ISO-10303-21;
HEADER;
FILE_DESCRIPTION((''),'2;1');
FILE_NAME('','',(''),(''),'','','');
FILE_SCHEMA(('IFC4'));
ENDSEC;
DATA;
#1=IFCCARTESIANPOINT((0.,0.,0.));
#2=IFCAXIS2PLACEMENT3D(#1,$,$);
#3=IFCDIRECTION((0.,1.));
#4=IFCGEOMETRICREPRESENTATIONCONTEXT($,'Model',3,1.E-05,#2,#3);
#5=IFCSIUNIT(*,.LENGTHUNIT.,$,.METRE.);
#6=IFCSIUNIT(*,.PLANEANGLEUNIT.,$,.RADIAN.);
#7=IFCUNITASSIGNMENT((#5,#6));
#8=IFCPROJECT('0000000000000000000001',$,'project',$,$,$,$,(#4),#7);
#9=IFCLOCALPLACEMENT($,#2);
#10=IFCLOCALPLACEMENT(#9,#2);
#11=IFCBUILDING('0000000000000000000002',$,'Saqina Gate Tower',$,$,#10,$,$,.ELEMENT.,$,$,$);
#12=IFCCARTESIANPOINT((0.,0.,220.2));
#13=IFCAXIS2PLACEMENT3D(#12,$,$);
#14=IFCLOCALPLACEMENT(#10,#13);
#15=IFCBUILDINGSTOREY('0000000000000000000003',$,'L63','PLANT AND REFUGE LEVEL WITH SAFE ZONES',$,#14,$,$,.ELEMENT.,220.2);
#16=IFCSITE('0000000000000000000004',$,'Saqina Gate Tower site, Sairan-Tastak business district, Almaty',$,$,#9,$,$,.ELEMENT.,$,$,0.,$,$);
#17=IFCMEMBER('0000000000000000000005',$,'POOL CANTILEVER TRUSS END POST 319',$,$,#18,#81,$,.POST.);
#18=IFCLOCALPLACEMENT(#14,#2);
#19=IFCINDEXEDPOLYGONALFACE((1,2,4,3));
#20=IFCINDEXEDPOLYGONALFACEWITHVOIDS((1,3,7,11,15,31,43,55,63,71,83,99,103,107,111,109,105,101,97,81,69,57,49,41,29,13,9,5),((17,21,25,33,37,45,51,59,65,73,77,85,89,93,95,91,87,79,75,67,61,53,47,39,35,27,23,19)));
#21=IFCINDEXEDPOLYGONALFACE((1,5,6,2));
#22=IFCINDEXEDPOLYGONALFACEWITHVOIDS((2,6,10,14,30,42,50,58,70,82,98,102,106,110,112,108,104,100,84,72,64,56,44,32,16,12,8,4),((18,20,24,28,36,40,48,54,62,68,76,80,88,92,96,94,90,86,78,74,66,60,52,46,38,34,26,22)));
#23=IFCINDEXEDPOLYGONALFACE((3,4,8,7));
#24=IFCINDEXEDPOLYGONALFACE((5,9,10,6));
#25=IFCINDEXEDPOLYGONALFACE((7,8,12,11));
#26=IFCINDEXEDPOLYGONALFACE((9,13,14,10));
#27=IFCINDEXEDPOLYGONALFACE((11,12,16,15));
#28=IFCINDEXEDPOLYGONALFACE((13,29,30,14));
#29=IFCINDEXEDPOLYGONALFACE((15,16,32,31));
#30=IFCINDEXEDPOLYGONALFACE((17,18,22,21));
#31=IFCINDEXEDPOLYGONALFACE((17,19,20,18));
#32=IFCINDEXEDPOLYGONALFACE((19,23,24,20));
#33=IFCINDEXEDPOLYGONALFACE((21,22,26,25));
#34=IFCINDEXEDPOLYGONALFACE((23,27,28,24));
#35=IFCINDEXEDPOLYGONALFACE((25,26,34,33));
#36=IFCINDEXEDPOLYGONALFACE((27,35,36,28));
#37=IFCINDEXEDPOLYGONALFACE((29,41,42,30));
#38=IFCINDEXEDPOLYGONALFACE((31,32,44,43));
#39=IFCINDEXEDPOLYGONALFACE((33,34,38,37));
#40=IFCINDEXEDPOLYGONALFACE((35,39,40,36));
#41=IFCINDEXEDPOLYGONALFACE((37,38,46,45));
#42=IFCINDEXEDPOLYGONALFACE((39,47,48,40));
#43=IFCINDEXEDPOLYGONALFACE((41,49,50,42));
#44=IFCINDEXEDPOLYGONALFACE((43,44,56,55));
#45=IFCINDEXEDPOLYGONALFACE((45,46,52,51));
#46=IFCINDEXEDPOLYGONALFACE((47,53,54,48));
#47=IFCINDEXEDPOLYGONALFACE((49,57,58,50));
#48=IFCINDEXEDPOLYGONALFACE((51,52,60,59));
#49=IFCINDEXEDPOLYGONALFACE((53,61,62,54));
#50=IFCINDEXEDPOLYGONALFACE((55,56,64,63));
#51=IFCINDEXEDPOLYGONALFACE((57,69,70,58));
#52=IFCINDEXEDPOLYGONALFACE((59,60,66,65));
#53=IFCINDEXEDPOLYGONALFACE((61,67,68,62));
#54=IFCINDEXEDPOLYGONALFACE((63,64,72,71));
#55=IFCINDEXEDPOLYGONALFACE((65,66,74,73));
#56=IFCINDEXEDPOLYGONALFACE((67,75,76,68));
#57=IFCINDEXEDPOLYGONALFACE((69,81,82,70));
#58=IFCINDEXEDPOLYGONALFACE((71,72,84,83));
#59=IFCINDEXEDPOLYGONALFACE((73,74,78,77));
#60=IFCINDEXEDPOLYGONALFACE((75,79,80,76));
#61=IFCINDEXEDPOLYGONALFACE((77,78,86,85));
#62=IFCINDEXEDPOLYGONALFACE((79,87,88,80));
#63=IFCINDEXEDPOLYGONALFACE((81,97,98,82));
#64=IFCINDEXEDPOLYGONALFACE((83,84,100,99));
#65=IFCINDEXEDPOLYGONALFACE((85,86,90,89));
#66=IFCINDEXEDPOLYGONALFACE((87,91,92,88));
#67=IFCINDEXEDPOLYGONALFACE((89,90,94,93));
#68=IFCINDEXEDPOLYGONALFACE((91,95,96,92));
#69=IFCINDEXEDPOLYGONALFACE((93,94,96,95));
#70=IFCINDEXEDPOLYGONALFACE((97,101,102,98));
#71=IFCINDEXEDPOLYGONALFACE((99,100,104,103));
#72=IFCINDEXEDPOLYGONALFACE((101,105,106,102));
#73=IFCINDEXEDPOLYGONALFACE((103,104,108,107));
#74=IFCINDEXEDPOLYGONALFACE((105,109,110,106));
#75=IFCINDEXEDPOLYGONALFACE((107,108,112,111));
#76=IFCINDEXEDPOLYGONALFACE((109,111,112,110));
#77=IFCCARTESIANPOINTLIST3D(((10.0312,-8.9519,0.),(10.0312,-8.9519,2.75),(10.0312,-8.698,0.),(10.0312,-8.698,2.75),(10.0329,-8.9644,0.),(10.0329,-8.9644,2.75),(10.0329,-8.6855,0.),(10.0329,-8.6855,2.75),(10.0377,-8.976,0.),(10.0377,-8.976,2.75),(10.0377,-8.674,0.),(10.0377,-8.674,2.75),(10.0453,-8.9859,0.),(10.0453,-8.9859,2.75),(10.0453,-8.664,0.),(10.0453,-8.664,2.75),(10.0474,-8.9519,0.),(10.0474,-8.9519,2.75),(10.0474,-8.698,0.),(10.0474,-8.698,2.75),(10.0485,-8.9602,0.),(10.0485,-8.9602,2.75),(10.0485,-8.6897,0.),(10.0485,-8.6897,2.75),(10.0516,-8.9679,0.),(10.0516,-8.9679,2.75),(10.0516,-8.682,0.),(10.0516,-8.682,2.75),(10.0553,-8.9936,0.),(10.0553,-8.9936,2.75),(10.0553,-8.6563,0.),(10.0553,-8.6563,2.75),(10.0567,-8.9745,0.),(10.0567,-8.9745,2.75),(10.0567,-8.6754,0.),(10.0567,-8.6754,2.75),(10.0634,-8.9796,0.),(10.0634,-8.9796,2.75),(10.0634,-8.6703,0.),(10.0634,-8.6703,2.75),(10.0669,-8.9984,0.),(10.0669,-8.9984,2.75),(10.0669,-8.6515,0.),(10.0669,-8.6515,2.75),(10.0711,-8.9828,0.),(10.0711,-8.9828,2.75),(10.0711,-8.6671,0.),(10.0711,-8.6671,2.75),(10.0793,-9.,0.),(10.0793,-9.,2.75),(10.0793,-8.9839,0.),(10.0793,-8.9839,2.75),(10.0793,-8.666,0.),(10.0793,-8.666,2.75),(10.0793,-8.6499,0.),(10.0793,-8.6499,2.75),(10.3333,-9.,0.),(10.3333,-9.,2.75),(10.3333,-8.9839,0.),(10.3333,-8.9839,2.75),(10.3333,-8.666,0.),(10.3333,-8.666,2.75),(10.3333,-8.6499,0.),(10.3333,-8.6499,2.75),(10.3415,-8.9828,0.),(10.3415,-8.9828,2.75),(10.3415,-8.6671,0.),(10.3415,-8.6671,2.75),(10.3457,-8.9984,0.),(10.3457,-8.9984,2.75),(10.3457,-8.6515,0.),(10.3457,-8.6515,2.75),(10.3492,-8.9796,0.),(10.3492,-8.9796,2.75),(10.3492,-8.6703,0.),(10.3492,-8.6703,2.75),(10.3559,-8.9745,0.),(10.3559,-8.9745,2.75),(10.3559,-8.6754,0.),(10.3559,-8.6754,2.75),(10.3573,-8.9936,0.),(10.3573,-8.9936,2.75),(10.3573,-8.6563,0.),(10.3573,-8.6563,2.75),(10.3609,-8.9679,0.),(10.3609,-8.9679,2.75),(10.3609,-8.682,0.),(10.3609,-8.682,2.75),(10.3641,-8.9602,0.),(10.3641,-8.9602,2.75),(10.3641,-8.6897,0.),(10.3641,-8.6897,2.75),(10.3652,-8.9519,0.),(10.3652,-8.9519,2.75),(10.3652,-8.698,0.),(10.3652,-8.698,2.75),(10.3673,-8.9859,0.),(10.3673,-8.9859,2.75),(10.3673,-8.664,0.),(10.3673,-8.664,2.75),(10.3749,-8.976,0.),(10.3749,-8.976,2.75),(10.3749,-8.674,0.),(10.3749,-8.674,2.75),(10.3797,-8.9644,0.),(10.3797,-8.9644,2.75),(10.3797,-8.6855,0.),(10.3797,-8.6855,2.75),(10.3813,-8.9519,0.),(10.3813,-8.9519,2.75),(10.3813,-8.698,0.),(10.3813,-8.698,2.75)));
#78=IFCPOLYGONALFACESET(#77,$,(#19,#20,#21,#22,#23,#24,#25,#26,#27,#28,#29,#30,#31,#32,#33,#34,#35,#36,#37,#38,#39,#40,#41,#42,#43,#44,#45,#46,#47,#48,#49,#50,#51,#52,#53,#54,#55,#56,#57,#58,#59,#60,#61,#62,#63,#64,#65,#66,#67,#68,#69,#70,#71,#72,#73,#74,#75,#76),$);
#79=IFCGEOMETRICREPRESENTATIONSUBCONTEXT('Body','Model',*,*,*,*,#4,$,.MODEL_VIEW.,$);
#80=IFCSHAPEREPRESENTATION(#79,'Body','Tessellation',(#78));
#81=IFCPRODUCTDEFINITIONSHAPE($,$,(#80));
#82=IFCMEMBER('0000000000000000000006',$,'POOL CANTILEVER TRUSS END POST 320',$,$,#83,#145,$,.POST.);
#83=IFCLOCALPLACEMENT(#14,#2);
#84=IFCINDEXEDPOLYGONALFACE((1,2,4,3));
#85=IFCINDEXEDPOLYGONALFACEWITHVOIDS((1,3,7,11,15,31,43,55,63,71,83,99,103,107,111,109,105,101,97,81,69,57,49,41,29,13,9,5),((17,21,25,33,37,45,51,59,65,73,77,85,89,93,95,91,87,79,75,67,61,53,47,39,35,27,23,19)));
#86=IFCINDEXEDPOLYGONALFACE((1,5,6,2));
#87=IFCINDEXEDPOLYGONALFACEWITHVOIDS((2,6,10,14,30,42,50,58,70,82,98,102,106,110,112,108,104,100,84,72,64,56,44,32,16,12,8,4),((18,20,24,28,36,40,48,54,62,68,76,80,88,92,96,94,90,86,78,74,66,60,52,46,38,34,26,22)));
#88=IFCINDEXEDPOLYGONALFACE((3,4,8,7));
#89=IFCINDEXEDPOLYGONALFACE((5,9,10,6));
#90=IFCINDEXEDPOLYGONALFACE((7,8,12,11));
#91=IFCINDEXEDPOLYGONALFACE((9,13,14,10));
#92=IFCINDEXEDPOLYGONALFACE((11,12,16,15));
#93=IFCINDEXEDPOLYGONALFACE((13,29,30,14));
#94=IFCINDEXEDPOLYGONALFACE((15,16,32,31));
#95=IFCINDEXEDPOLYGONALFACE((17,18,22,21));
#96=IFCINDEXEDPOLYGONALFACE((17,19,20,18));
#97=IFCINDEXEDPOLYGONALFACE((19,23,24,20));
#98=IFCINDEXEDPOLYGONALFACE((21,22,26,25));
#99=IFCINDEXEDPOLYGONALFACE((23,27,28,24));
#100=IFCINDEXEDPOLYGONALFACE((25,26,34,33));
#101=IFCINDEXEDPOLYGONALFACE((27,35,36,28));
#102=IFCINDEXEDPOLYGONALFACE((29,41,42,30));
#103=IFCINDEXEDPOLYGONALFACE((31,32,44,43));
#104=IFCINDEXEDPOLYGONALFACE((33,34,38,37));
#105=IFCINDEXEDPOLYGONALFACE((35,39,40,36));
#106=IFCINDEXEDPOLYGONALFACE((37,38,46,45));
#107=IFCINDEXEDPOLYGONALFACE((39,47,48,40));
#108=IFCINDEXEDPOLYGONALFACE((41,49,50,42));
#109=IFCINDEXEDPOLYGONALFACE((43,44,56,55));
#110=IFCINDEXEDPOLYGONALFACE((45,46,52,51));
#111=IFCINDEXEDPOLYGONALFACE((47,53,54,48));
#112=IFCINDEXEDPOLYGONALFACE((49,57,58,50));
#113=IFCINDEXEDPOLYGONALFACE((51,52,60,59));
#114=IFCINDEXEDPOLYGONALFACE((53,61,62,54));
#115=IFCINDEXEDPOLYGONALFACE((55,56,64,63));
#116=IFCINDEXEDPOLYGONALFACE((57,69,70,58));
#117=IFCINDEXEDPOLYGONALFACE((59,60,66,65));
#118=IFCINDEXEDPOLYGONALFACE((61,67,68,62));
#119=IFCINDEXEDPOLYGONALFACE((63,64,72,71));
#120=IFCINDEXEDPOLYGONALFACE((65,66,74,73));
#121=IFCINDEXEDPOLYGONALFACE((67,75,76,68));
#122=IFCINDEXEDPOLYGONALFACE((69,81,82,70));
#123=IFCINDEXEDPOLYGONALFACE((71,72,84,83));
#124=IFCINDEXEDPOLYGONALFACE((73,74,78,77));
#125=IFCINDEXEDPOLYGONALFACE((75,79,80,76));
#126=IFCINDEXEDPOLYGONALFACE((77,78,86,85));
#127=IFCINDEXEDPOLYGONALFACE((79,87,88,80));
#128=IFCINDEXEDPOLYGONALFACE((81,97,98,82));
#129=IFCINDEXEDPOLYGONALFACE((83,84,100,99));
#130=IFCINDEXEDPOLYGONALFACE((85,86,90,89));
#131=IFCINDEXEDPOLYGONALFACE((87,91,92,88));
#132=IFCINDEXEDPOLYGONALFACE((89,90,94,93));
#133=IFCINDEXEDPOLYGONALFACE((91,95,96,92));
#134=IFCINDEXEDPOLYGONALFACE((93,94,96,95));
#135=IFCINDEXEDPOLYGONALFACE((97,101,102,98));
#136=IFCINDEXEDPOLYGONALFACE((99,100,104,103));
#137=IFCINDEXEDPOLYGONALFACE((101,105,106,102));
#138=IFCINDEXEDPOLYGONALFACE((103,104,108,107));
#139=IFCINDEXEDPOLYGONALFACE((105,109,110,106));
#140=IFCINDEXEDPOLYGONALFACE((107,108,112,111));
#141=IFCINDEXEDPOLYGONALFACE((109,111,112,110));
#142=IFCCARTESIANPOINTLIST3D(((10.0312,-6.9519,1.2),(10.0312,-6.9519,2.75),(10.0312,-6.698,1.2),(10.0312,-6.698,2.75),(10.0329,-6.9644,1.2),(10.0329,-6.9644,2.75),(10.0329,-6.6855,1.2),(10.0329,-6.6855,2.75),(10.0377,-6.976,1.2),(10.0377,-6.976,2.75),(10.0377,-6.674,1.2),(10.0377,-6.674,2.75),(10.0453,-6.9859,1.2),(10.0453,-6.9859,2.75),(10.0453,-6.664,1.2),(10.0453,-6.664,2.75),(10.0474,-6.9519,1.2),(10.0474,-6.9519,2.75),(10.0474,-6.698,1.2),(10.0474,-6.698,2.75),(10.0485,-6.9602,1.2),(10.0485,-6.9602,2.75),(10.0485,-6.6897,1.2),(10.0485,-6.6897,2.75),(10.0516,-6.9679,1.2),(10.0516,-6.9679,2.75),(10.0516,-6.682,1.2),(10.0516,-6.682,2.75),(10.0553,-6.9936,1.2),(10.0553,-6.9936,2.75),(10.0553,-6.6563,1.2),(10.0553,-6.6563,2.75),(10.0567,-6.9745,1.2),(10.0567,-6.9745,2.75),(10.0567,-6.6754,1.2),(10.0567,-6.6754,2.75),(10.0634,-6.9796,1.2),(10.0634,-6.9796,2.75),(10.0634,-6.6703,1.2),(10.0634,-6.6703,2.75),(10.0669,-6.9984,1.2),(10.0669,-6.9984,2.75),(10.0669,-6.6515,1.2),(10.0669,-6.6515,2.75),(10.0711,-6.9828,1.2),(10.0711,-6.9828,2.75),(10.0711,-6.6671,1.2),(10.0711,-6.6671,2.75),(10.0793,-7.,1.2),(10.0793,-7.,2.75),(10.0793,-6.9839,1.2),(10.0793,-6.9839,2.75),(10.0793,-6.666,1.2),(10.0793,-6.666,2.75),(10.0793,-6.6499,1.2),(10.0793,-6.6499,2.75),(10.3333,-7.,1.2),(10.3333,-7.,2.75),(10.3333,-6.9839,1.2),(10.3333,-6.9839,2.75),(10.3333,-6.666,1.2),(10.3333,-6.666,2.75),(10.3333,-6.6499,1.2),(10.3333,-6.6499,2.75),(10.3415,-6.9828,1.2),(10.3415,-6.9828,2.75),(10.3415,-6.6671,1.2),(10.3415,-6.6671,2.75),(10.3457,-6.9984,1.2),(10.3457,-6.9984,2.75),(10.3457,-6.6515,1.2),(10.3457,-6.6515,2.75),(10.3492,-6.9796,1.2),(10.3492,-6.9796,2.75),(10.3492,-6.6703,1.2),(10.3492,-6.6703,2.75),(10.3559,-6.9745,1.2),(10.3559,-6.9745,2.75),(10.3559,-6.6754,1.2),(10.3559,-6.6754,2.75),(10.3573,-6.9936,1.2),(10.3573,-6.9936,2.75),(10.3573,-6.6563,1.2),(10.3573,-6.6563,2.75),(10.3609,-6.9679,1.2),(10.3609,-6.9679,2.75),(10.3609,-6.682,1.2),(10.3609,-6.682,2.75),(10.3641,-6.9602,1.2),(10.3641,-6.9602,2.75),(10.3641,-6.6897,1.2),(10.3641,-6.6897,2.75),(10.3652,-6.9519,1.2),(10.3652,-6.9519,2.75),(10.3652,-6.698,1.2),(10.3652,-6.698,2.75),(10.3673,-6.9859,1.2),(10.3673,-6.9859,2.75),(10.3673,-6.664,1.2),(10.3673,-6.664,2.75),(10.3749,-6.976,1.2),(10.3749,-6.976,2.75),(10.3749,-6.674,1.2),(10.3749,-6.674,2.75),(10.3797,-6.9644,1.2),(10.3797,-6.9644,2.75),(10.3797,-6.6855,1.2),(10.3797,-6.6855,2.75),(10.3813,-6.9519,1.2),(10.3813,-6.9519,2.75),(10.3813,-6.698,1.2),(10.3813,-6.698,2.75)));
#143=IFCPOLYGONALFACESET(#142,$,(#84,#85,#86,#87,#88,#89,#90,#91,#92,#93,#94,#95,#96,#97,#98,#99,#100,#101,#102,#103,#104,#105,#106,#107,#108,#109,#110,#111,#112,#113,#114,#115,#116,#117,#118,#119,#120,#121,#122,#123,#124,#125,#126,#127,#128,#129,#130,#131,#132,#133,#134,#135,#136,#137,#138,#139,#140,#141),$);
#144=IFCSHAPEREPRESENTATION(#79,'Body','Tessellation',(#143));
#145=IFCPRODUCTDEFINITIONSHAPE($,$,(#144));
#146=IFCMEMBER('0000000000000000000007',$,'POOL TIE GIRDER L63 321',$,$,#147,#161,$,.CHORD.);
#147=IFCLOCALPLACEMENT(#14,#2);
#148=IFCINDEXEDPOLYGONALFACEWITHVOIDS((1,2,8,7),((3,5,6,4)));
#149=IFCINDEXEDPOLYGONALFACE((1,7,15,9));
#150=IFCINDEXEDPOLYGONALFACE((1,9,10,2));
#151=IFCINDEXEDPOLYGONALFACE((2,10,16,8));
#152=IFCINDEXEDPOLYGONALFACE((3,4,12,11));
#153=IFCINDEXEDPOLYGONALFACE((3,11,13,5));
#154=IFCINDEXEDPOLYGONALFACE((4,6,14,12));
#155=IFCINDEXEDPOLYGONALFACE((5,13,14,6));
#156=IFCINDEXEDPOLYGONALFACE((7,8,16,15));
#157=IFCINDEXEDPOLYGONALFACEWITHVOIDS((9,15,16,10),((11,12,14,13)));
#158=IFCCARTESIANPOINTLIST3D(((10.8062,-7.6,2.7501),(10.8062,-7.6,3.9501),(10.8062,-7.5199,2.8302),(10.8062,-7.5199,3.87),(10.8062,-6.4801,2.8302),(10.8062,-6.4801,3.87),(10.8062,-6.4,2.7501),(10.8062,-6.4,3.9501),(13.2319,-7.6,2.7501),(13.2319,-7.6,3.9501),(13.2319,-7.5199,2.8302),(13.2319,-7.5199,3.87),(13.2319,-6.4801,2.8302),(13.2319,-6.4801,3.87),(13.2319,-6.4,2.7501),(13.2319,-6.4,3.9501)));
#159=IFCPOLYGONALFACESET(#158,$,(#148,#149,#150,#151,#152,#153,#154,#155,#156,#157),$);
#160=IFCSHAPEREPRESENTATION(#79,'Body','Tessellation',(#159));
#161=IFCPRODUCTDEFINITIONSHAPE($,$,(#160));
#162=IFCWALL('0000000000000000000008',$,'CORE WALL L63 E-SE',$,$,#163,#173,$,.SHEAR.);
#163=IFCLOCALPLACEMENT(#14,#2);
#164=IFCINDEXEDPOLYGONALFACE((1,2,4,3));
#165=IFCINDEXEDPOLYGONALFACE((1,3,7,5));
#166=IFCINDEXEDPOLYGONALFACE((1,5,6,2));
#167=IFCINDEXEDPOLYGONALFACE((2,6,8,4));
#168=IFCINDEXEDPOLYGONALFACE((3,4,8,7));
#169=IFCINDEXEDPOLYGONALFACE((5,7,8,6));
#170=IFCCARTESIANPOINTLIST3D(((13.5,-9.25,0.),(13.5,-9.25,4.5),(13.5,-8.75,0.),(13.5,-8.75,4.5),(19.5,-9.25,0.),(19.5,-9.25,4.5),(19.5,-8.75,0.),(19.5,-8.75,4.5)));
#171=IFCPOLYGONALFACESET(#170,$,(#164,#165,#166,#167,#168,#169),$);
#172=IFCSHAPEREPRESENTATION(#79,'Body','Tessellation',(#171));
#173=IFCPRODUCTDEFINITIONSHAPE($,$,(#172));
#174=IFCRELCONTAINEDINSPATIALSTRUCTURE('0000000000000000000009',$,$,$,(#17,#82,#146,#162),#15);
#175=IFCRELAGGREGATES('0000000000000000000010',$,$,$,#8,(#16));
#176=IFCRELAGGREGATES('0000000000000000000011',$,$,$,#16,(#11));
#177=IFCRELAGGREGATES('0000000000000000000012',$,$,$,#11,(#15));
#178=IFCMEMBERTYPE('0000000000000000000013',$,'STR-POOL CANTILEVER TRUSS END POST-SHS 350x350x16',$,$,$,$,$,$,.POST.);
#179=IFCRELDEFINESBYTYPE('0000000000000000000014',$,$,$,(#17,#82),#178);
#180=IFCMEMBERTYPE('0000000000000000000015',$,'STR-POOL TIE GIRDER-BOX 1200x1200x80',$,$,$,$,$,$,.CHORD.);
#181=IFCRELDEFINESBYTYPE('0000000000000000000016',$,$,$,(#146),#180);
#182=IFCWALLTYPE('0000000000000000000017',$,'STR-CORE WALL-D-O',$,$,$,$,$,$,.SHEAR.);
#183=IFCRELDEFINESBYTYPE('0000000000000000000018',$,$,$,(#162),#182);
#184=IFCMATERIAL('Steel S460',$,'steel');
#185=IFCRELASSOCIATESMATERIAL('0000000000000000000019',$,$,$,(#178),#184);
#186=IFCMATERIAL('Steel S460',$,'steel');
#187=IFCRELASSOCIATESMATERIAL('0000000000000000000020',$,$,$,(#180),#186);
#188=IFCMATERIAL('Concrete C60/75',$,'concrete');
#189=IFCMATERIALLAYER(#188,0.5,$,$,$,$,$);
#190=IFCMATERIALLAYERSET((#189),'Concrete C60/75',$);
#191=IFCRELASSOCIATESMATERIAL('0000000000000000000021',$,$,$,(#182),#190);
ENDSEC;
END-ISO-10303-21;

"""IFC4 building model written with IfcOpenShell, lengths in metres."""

from ifc_helpers import new_model, si_unit, direction, frame, frame_2d, origin, origin_2d, place, context, subcontext, project, spatial, rectangle, hollow_rectangle, extrude, material, layer, layer_set, material_profile, profile_set, type_object, element, save


model = new_model("IFC4")

# Units and contexts
model_context = context("Model", 3, precision=1e-05, world=origin(), true_north=direction((0.0, 1.0)))
body_context = subcontext(model_context, "Body", "Model", "MODEL_VIEW")
ifc_project = project(units=[si_unit("LENGTHUNIT", "METRE"), si_unit("PLANEANGLEUNIT", "RADIAN")], contexts=[model_context])

# Site, building, storey
site_placement = place(None, origin())
site = spatial("IfcSite", under=ifc_project, at=site_placement, Name="Saqina Gate Tower site, Sairan-Tastak business district, Almaty", CompositionType="ELEMENT", RefElevation=0.0)
building_placement = place(site_placement, origin())
building = spatial("IfcBuilding", under=site, at=building_placement, Name="Saqina Gate Tower", CompositionType="ELEMENT")
storey_placement = place(building_placement, frame((0.0, 0.0, 220.2)))
storey = spatial("IfcBuildingStorey", under=building, at=storey_placement, Name="L63", Description="PLANT AND REFUGE LEVEL WITH SAFE ZONES", CompositionType="ELEMENT", Elevation=220.2)

# Members
ifc_material_1 = material(Name="Steel S460", Category="steel")
ifc_material_profile_1 = material_profile(ifc_material_1, hollow_rectangle(XDim=0.3501, YDim=0.3501, WallThickness=0.0161, InnerFilletRadius=0.032, OuterFilletRadius=0.0481, at=origin_2d()), Name="SHS 350x350x16")
ifc_profile_set_1 = profile_set([ifc_material_profile_1], Name="Steel S460")
member_type_1 = type_object("IfcMemberType", Name="STR-POOL CANTILEVER TRUSS END POST-SHS 350x350x16", PredefinedType="POST", material=ifc_profile_set_1)
member_1_placement = place(storey_placement, frame((10.2063, -8.825, 0.0), z_axis=(0.0, 0.0, 1.0), x_axis=(1.0, 0.0, 0.0)))
element("IfcMember", 1, at=member_1_placement, inside=storey, type_object=member_type_1, Name="POOL CANTILEVER TRUSS END POST 319", PredefinedType="POST", context=body_context, shape_type="SweptSolid", body=[
    extrude(hollow_rectangle(XDim=0.3501, YDim=0.3501, WallThickness=0.0161, InnerFilletRadius=0.032, OuterFilletRadius=0.0481, at=origin_2d()), origin(), (0.0, 0.0, 1.0), 2.75),
])
member_2_placement = place(storey_placement, frame((10.2063, -6.825, 1.2), z_axis=(0.0, 0.0, 1.0), x_axis=(1.0, 0.0, 0.0)))
element("IfcMember", 2, at=member_2_placement, inside=storey, type_object=member_type_1, Name="POOL CANTILEVER TRUSS END POST 320", PredefinedType="POST", context=body_context, shape_type="SweptSolid", body=[
    extrude(hollow_rectangle(XDim=0.3501, YDim=0.3501, WallThickness=0.0161, InnerFilletRadius=0.032, OuterFilletRadius=0.0481, at=origin_2d()), origin(), (0.0, 0.0, 1.0), 1.55),
])
ifc_material_2 = material(Name="Steel S460", Category="steel")
ifc_material_profile_2 = material_profile(ifc_material_2, hollow_rectangle(XDim=1.2, YDim=1.2, WallThickness=0.0801, at=origin_2d()), Name="BOX 1200x1200x80")
ifc_profile_set_2 = profile_set([ifc_material_profile_2], Name="Steel S460")
member_type_2 = type_object("IfcMemberType", Name="STR-POOL TIE GIRDER-BOX 1200x1200x80", PredefinedType="CHORD", material=ifc_profile_set_2)
member_3_placement = place(storey_placement, frame((10.8062, -7.0, 3.3501), z_axis=(1.0, 0.0, 0.0), x_axis=(0.0, 1.0, 0.0)))
element("IfcMember", 3, at=member_3_placement, inside=storey, type_object=member_type_2, Name="POOL TIE GIRDER L63 321", PredefinedType="CHORD", context=body_context, shape_type="SweptSolid", body=[
    extrude(hollow_rectangle(XDim=1.2, YDim=1.2, WallThickness=0.0801, at=origin_2d()), origin(), (0.0, 0.0, 1.0), 2.4258),
])

# Shared definitions
ifc_material_3 = material(Name="Concrete C60/75", Category="concrete")
ifc_layer = layer(ifc_material_3, 0.5)
ifc_layer_set = layer_set([ifc_layer], Name="Concrete C60/75")
wall_type = type_object("IfcWallType", Name="STR-CORE WALL-D-O", PredefinedType="SHEAR", material=ifc_layer_set)

# Wall
wall_1_placement = place(storey_placement, frame((13.5, -9.0, 0.0), z_axis=(0.0, 0.0, 1.0), x_axis=(1.0, 0.0, 0.0)))
element("IfcWall", 4, at=wall_1_placement, inside=storey, type_object=wall_type, Name="CORE WALL L63 E-SE", PredefinedType="SHEAR", context=body_context, shape_type="SweptSolid", body=[
    extrude(rectangle(XDim=6.0, YDim=0.5, at=frame_2d((3.0, 0.0))), origin(), (0.0, 0.0, 1.0), 4.5),
])

save(model, "model.ifc")
